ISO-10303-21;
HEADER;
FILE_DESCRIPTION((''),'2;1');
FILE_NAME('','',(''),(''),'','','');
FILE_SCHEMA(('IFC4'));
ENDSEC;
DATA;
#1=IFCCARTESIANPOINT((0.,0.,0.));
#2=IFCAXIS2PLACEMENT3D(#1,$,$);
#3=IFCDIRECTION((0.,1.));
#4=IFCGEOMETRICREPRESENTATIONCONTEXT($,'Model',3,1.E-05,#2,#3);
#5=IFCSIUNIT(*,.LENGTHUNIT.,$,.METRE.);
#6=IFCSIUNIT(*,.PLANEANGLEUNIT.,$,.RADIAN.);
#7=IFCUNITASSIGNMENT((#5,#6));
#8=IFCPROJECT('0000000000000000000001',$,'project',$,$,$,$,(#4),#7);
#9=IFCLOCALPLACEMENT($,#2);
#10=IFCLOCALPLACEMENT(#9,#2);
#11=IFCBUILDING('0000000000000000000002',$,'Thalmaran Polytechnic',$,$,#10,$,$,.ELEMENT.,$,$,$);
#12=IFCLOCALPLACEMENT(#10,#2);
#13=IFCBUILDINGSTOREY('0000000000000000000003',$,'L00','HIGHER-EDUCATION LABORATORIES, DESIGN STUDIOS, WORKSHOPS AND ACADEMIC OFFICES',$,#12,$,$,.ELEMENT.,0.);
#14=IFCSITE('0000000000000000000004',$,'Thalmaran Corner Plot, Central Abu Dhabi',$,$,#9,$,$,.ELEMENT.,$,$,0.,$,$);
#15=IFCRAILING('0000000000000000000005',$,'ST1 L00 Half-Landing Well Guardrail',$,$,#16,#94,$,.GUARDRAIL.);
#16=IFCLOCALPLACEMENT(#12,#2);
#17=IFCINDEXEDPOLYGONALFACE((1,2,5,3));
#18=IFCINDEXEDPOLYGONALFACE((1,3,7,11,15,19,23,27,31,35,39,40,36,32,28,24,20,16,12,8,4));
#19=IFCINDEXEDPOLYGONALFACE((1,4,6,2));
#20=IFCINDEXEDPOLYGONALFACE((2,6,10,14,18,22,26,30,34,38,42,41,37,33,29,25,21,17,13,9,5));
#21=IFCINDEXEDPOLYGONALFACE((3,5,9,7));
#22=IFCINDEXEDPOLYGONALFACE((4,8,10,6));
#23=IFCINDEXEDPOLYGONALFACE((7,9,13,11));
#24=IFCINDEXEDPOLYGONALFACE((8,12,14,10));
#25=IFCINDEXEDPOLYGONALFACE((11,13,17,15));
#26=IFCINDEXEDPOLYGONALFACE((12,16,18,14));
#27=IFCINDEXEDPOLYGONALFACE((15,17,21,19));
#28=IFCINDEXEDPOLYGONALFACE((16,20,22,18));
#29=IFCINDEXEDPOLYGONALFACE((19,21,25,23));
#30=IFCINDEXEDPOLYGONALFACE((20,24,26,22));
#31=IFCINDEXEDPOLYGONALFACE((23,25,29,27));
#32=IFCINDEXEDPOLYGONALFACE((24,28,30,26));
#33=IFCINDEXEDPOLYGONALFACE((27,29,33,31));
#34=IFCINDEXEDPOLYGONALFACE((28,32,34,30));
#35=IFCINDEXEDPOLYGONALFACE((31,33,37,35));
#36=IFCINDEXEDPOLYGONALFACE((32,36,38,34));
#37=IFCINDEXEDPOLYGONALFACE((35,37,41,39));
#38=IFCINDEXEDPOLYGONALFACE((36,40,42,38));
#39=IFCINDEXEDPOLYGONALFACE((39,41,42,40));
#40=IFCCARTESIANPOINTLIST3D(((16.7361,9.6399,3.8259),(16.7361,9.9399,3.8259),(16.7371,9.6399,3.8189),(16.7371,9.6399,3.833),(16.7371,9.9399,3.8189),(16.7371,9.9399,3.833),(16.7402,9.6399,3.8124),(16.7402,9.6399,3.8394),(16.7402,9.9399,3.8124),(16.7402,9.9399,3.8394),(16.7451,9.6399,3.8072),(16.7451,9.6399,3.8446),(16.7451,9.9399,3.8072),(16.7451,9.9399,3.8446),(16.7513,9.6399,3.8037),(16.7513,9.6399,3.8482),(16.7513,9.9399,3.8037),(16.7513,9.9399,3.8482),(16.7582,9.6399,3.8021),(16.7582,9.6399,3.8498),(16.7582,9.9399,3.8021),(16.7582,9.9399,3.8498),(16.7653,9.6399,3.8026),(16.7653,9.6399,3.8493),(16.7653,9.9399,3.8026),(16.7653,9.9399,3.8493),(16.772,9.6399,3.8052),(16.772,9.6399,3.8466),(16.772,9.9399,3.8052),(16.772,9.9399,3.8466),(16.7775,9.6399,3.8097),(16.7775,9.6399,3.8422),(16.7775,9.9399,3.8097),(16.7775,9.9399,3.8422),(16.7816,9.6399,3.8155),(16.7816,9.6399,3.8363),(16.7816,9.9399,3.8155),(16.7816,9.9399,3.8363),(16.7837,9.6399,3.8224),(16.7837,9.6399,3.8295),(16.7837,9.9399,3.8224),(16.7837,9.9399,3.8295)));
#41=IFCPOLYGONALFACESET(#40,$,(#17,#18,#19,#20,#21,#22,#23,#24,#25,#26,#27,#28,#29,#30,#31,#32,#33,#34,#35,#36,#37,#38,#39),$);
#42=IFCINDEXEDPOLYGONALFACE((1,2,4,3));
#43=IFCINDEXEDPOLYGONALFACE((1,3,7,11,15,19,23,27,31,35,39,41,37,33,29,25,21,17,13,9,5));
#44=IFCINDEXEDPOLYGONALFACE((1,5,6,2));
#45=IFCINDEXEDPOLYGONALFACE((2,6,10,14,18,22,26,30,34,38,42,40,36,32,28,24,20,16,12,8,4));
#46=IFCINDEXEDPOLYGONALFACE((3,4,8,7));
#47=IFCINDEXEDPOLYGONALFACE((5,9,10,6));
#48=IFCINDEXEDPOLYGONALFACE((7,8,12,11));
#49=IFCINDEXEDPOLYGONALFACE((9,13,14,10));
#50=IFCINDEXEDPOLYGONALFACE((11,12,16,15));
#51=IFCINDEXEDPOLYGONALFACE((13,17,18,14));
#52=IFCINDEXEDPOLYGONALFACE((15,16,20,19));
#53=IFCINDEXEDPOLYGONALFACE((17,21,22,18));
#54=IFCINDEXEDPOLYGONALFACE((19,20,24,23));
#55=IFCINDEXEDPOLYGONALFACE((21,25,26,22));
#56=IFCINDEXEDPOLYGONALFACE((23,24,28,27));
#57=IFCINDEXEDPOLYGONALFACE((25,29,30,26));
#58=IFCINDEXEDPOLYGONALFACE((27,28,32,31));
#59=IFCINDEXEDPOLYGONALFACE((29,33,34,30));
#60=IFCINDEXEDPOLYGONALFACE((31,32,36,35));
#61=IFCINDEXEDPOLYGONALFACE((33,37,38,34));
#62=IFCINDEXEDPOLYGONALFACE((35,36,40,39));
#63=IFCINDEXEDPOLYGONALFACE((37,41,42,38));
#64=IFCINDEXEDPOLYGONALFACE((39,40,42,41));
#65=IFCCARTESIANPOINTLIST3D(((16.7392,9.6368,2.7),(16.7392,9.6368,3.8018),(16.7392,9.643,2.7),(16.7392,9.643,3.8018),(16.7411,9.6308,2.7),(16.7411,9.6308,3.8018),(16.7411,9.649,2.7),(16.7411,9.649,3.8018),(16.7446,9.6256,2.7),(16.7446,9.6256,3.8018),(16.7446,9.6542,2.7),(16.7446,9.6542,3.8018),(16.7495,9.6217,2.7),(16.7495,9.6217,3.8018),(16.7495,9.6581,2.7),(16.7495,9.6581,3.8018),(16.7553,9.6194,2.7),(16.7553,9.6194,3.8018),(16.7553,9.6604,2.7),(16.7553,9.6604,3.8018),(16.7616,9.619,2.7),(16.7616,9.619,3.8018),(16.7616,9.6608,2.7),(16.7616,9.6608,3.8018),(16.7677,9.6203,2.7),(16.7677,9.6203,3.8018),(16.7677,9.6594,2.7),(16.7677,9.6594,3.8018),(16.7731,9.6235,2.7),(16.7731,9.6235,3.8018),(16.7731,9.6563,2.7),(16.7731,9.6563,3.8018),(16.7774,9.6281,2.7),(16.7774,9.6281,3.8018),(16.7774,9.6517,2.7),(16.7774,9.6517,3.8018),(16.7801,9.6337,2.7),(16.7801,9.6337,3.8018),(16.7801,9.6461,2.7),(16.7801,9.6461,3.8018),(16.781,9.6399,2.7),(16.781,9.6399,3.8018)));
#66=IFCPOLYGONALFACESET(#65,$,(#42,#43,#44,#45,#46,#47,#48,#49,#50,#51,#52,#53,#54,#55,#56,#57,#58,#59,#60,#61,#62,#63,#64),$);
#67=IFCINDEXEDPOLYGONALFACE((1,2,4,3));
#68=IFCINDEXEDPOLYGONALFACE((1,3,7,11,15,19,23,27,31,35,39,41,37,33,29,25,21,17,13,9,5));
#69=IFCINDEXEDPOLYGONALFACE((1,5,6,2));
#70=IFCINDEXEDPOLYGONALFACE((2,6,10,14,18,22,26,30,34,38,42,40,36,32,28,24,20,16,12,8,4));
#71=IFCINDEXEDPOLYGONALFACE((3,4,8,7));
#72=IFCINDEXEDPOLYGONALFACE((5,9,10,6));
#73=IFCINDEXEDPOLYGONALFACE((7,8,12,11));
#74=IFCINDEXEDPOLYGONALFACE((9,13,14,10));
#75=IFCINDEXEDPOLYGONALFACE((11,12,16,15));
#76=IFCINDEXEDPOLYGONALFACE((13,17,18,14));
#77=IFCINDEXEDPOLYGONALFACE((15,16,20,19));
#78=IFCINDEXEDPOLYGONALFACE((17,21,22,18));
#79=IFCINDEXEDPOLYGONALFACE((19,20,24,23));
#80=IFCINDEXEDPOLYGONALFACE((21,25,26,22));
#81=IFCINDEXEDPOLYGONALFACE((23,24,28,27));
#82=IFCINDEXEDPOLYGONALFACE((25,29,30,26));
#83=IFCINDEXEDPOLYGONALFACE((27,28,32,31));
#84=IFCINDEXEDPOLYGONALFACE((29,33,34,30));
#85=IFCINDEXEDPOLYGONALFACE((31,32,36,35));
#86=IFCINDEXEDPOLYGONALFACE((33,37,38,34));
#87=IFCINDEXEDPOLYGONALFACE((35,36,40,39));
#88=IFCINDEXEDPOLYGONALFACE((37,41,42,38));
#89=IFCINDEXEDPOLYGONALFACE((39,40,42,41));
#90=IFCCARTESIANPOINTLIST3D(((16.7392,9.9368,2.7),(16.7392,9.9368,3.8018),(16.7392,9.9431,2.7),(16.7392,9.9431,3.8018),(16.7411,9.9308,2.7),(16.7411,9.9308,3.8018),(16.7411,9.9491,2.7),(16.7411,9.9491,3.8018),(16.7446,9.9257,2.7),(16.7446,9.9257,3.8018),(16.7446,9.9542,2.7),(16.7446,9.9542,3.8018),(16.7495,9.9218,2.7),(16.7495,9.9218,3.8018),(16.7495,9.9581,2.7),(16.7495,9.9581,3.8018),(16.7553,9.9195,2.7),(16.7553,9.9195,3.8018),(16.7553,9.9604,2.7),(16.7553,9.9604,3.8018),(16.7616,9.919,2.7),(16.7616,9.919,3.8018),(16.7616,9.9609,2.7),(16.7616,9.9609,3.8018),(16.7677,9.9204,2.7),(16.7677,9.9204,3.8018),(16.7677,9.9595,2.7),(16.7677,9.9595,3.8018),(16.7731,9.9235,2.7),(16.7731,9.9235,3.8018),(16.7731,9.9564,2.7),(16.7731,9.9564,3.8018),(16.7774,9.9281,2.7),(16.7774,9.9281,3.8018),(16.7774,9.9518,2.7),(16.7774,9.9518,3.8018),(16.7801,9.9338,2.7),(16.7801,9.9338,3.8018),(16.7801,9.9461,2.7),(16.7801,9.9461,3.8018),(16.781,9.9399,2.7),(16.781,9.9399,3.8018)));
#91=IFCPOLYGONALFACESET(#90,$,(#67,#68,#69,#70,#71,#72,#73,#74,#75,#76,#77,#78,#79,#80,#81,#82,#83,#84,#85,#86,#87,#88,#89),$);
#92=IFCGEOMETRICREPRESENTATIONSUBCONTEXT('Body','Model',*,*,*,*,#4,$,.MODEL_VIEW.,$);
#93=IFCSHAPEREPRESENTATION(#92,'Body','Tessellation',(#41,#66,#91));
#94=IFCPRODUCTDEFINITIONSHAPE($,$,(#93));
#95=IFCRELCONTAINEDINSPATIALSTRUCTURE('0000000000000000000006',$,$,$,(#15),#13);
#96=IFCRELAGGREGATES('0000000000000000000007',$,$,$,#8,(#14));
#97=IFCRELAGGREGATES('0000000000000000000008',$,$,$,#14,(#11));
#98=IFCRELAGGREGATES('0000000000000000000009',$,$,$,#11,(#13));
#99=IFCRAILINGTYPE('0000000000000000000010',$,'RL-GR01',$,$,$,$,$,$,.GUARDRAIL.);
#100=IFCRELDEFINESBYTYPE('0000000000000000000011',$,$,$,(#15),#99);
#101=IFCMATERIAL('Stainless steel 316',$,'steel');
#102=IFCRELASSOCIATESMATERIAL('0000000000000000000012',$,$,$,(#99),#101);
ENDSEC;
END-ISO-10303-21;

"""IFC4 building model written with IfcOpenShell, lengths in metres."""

from ifc_helpers import new_model, si_unit, direction, frame, origin, origin_2d, place, context, subcontext, project, spatial, circle, extrude, material, type_object, element, save


model = new_model("IFC4")

# Units and contexts
model_context = context("Model", 3, precision=1e-05, world=origin(), true_north=direction((0.0, 1.0)))
body_context = subcontext(model_context, "Body", "Model", "MODEL_VIEW")
ifc_project = project(units=[si_unit("LENGTHUNIT", "METRE"), si_unit("PLANEANGLEUNIT", "RADIAN")], contexts=[model_context])

# Site, building, storey
site_placement = place(None, origin())
site = spatial("IfcSite", under=ifc_project, at=site_placement, Name="Thalmaran Corner Plot, Central Abu Dhabi", CompositionType="ELEMENT", RefElevation=0.0)
building_placement = place(site_placement, origin())
building = spatial("IfcBuilding", under=site, at=building_placement, Name="Thalmaran Polytechnic", CompositionType="ELEMENT")
storey_placement = place(building_placement, origin())
storey = spatial("IfcBuildingStorey", under=building, at=storey_placement, Name="L00", Description="HIGHER-EDUCATION LABORATORIES, DESIGN STUDIOS, WORKSHOPS AND ACADEMIC OFFICES", CompositionType="ELEMENT", Elevation=0.0)

# Railing
ifc_material_1 = material(Name="Stainless steel 316", Category="steel")
railing_type_1 = type_object("IfcRailingType", Name="RL-GR01", PredefinedType="GUARDRAIL", material=ifc_material_1)
railing_1_placement = place(storey_placement, frame((16.76, 9.6399, 2.7)))
element("IfcRailing", 1, at=railing_1_placement, inside=storey, type_object=railing_type_1, Name="ST1 L00 Half-Landing Well Guardrail", PredefinedType="GUARDRAIL", context=body_context, shape_type="SweptSolid", body=[
    extrude(circle(Radius=0.0239, at=origin_2d()), frame((0.0, 0.0, 1.126), z_axis=(0.0, 1.0, 0.0), x_axis=(-1.0, 0.0, 0.0)), (0.0, 0.0, 1.0), 0.3),
    extrude(circle(Radius=0.021, at=origin_2d()), origin(), (0.0, 0.0, 1.0), 1.1018),
    extrude(circle(Radius=0.021, at=origin_2d()), frame((0.0, 0.3, 0.0)), (0.0, 0.0, 1.0), 1.1018),
])

save(model, "model.ifc")
